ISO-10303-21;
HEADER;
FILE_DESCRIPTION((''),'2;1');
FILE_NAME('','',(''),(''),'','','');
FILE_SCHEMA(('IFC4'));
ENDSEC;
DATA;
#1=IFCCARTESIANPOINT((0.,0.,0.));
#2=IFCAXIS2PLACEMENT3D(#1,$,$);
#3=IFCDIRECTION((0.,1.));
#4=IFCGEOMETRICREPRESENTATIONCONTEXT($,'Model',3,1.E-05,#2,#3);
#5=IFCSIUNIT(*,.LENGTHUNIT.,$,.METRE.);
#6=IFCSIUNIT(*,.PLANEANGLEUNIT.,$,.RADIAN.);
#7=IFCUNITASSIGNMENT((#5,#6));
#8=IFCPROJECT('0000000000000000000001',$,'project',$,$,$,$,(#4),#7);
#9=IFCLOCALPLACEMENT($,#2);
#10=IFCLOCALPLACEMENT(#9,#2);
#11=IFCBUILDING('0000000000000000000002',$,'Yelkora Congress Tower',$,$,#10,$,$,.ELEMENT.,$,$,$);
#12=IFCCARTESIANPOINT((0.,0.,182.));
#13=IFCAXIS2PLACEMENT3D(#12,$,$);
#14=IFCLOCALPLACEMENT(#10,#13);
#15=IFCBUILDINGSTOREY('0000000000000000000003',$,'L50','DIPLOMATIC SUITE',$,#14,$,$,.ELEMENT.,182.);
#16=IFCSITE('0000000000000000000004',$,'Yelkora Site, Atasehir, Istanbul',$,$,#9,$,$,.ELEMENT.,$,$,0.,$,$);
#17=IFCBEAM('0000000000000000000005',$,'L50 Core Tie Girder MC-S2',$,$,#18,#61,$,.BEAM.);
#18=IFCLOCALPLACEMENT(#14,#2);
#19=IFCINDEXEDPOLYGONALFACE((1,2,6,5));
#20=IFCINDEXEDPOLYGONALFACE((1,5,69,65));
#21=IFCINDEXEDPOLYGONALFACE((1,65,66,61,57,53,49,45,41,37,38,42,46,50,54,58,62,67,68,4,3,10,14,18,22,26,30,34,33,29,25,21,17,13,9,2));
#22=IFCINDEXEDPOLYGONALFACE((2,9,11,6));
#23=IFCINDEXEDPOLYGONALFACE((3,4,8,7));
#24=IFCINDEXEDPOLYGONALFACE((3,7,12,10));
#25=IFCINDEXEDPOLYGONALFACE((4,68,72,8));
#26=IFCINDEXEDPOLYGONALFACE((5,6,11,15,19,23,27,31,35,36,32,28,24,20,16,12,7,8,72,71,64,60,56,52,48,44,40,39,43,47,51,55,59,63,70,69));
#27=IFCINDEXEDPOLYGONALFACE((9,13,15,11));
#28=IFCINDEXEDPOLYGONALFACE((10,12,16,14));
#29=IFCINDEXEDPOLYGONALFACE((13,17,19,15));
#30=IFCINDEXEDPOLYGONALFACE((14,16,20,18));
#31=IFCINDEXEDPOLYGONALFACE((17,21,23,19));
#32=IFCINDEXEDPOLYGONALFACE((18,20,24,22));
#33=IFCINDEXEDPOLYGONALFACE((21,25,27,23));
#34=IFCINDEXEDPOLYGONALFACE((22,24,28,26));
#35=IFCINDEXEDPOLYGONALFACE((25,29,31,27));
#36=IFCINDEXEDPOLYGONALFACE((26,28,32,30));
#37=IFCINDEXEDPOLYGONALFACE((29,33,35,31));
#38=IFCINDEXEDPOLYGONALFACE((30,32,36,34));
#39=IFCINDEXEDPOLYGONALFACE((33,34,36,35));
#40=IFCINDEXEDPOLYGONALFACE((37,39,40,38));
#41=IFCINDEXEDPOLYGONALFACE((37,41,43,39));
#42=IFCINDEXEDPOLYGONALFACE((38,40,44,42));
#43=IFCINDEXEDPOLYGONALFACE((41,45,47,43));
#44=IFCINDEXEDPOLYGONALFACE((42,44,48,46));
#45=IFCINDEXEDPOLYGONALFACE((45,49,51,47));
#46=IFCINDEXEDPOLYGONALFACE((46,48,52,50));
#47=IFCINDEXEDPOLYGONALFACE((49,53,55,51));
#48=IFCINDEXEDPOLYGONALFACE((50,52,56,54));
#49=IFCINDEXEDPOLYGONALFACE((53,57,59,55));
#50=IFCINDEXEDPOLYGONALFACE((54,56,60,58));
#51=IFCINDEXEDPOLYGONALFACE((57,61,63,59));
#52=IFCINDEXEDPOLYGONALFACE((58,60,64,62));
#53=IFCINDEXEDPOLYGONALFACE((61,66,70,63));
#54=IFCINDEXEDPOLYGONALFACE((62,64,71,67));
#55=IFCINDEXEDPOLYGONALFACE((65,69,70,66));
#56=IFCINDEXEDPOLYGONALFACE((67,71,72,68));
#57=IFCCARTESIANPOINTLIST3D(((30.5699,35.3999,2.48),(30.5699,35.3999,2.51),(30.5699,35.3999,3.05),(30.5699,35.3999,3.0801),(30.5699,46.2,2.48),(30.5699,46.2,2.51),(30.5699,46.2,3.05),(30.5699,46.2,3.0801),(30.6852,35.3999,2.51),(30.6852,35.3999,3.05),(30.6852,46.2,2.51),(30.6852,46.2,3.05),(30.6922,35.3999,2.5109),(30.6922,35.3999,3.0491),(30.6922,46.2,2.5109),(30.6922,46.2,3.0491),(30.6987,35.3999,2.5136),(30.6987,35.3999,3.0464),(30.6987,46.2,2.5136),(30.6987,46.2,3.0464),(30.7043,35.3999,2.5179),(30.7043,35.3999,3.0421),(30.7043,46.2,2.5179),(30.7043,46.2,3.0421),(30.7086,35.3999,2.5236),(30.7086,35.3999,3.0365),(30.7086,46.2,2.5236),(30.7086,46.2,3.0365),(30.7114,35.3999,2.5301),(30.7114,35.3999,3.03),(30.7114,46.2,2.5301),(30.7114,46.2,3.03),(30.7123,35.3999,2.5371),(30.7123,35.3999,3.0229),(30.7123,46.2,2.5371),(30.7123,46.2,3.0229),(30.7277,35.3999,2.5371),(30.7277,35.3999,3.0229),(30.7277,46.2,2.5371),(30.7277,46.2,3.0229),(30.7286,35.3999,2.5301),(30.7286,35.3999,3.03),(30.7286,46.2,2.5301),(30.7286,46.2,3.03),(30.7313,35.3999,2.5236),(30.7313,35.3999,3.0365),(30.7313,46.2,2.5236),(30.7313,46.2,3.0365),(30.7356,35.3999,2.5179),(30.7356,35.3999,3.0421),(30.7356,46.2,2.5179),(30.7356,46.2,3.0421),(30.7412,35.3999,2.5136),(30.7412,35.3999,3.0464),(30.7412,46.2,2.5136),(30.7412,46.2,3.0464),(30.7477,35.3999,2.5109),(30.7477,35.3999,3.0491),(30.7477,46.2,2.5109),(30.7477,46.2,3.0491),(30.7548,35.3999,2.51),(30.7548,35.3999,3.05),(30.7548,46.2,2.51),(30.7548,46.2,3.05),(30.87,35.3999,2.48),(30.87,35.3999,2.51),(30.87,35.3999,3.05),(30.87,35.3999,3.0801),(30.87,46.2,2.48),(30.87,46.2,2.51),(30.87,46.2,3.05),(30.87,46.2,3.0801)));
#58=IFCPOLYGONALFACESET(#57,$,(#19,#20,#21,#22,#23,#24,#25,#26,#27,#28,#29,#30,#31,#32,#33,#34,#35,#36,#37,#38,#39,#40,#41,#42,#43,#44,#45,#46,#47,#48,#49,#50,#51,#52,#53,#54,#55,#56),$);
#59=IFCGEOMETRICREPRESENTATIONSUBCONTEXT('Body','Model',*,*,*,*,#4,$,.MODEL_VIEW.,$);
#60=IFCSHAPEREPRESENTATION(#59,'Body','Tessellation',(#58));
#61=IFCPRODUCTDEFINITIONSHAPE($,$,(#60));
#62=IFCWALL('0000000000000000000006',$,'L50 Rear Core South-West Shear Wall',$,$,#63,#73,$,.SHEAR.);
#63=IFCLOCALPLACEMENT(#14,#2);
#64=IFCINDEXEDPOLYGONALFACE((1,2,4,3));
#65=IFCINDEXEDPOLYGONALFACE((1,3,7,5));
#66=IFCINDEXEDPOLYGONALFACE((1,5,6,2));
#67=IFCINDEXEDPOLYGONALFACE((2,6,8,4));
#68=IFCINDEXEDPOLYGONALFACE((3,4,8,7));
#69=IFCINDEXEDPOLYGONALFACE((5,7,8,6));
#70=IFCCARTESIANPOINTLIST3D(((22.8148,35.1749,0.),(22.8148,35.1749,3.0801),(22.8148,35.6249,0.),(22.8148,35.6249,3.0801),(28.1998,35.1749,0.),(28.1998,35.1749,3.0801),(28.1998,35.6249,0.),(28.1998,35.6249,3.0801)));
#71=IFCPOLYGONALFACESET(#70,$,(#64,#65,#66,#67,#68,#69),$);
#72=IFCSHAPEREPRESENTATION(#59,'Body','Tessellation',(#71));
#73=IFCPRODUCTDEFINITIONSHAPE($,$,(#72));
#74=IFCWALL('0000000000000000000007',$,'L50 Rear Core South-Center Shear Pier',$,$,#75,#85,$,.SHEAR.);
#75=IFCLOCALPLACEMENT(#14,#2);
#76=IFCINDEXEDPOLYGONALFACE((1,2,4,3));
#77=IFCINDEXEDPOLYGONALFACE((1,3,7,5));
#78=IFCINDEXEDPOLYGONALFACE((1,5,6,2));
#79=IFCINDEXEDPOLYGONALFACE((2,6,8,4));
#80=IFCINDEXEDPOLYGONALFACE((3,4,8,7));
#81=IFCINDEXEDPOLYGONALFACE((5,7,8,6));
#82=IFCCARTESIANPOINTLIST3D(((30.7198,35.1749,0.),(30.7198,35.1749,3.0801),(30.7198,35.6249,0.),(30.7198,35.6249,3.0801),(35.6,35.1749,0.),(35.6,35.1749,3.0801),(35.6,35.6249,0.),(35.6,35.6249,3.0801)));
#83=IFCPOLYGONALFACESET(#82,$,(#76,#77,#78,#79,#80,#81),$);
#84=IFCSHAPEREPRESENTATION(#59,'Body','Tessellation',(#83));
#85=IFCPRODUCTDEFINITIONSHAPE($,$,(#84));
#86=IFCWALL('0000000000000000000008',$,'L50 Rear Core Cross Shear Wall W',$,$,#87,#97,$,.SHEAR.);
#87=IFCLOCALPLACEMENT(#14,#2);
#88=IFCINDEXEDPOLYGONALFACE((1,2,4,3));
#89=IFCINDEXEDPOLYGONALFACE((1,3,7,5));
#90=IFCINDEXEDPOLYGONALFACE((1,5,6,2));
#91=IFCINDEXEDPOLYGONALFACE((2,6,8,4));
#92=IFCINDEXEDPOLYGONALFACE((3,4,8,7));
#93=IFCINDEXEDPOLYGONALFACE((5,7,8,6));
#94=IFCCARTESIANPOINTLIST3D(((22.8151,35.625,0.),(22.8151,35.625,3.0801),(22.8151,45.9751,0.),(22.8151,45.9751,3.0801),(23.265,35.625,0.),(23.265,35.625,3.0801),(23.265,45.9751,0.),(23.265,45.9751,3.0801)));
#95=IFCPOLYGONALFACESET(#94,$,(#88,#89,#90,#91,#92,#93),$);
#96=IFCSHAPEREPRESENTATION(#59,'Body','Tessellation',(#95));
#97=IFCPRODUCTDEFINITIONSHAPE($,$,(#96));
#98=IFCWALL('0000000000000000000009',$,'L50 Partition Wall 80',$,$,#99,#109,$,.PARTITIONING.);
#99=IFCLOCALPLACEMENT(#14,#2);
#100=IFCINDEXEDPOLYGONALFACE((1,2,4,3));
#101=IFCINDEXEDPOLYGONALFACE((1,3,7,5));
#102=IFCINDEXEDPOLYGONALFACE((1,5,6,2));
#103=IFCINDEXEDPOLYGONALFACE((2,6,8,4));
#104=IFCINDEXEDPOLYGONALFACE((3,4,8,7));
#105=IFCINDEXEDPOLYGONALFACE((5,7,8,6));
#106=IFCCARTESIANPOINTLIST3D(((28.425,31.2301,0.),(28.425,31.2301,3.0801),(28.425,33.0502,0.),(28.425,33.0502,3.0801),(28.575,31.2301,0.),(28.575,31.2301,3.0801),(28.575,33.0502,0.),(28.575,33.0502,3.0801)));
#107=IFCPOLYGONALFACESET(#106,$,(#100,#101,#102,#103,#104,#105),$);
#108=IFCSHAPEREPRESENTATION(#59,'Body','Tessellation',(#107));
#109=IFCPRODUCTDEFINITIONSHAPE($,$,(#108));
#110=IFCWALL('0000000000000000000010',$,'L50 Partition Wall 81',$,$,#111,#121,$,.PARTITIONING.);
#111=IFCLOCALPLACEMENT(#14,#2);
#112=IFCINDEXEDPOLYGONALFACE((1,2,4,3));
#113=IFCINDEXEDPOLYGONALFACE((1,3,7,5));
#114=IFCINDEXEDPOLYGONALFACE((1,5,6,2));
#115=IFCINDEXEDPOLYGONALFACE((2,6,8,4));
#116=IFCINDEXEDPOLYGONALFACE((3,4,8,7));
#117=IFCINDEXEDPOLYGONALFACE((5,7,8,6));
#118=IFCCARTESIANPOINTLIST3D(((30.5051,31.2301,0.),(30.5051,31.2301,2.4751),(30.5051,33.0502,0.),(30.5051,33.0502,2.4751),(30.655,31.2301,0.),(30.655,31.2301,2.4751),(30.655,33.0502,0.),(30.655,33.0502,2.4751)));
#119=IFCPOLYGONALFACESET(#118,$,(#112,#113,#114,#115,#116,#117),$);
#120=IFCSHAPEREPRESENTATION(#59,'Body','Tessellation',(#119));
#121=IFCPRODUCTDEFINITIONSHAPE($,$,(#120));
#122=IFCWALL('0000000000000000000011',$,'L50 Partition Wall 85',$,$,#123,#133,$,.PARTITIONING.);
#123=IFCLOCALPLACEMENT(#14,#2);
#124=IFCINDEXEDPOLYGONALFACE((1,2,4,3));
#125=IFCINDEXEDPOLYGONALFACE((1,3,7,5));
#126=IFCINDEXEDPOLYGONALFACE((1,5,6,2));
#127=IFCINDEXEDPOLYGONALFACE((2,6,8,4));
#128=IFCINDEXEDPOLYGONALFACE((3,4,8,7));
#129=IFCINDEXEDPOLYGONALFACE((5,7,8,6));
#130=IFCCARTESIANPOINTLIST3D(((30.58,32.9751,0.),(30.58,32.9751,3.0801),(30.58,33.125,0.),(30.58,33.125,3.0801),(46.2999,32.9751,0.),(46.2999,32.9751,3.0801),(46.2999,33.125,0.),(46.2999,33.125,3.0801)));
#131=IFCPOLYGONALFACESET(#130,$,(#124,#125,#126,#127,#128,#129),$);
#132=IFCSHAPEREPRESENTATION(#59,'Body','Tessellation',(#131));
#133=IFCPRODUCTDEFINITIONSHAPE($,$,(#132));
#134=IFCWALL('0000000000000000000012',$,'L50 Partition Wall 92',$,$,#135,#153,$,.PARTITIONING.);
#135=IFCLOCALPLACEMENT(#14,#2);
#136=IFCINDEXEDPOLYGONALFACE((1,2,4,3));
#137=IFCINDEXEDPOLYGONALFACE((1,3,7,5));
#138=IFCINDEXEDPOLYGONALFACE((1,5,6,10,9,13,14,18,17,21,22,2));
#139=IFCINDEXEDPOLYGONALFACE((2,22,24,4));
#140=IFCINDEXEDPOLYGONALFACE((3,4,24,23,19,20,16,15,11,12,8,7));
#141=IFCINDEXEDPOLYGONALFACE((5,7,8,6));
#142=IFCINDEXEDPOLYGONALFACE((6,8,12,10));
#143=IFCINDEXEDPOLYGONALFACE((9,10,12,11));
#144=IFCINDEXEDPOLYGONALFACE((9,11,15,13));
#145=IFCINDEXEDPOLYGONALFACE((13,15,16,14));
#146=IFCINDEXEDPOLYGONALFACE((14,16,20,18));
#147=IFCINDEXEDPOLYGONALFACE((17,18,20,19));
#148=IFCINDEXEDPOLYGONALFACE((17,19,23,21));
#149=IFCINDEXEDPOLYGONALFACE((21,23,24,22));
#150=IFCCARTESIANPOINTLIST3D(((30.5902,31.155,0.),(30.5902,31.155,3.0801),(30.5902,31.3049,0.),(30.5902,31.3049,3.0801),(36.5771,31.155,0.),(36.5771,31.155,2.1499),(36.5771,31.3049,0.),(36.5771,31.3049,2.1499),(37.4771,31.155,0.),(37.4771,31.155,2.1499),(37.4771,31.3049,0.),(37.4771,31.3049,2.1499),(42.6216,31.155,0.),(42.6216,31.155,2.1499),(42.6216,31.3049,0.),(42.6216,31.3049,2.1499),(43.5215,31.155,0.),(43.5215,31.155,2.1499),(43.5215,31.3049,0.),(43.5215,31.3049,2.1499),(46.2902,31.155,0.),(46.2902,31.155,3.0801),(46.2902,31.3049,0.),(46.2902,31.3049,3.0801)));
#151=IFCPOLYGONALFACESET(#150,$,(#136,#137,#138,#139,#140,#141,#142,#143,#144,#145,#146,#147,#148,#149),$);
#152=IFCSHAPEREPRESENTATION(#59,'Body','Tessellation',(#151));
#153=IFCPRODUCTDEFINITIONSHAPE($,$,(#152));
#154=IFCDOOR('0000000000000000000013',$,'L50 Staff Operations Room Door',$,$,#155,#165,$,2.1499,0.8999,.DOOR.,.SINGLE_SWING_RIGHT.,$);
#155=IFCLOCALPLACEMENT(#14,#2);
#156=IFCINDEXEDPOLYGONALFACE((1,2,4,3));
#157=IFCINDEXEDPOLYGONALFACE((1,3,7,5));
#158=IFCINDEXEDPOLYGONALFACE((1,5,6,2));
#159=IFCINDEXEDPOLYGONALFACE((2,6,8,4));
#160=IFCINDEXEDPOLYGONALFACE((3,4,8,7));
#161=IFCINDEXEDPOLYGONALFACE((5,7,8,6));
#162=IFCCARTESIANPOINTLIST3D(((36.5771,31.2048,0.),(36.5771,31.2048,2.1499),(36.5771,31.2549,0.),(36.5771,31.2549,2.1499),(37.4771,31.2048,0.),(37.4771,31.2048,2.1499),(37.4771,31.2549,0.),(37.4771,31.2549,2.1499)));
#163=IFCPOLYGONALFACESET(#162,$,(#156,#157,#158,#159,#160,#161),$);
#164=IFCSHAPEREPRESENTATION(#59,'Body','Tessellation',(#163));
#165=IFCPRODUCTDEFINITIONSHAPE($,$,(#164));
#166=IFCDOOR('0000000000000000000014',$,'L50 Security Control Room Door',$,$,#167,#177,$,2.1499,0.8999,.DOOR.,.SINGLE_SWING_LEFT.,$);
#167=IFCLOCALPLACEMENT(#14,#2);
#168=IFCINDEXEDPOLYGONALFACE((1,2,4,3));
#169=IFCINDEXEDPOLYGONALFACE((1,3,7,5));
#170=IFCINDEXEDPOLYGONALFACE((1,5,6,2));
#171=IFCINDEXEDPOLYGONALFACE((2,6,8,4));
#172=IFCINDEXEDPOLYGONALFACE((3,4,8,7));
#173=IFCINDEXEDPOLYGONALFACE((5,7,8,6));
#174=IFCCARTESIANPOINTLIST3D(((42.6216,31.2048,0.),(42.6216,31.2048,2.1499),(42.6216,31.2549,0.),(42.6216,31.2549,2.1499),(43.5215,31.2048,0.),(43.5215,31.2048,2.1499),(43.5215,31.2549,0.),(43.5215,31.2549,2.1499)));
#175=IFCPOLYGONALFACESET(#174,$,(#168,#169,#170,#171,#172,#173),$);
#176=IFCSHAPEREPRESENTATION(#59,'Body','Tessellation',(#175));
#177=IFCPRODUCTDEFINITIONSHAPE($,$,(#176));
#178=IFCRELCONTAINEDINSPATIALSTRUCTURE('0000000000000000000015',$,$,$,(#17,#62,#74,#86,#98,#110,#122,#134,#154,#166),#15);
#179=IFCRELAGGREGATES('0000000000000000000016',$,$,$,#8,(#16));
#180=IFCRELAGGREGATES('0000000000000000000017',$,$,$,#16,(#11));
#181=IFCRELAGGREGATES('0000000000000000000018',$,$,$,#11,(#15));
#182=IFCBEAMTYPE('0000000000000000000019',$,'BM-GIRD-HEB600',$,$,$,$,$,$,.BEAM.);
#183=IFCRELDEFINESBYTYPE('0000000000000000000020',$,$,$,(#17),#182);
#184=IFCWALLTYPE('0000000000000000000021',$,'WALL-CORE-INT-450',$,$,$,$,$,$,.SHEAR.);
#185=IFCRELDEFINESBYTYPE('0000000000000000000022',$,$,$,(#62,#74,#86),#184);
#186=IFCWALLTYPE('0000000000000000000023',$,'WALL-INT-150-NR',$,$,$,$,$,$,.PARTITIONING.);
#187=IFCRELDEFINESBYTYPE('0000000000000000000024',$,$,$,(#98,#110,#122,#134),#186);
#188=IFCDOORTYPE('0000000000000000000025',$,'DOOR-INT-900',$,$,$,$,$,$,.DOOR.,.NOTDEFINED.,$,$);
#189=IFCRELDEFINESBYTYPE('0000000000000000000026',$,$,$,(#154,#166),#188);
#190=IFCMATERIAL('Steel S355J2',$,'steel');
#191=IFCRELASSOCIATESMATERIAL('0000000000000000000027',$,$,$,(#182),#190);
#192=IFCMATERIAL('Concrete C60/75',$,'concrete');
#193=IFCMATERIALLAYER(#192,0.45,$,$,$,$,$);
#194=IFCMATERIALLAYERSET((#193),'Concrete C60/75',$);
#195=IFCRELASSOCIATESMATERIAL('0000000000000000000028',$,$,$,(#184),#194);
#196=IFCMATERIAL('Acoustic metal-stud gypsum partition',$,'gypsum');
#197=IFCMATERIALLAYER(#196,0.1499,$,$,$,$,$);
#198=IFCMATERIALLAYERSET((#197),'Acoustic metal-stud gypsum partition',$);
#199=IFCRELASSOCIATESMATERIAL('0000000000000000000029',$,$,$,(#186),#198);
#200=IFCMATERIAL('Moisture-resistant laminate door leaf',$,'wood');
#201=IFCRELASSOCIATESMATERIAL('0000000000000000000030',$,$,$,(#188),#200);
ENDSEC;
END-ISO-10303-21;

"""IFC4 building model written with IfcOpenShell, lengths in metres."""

from ifc_helpers import new_model, si_unit, direction, frame, frame_2d, origin, origin_2d, place, context, subcontext, project, spatial, rectangle, i_section, extrude, material, layer, layer_set, material_profile, profile_set, type_object, element, fill, save


model = new_model("IFC4")

# Units and contexts
model_context = context("Model", 3, precision=1e-05, world=origin(), true_north=direction((0.0, 1.0)))
body_context = subcontext(model_context, "Body", "Model", "MODEL_VIEW")
ifc_project = project(units=[si_unit("LENGTHUNIT", "METRE"), si_unit("PLANEANGLEUNIT", "RADIAN")], contexts=[model_context])

# Site, building, storey
site_placement = place(None, origin())
site = spatial("IfcSite", under=ifc_project, at=site_placement, Name="Yelkora Site, Atasehir, Istanbul", CompositionType="ELEMENT", RefElevation=0.0)
building_placement = place(site_placement, origin())
building = spatial("IfcBuilding", under=site, at=building_placement, Name="Yelkora Congress Tower", CompositionType="ELEMENT")
storey_placement = place(building_placement, frame((0.0, 0.0, 182.0)))
storey = spatial("IfcBuildingStorey", under=building, at=storey_placement, Name="L50", Description="DIPLOMATIC SUITE", CompositionType="ELEMENT", Elevation=182.0)

# Beam
ifc_material_1 = material(Name="Steel S355J2", Category="steel")
ifc_material_profile_1 = material_profile(ifc_material_1, i_section(OverallWidth=0.3, OverallDepth=0.6001, WebThickness=0.0154, FlangeThickness=0.03, FilletRadius=0.0271, at=origin_2d()), Name="HEB 600")
ifc_profile_set_1 = profile_set([ifc_material_profile_1], Name="Steel S355J2")
beam_type = type_object("IfcBeamType", Name="BM-GIRD-HEB600", PredefinedType="BEAM", material=ifc_profile_set_1)
beam_placement = place(storey_placement, frame((30.72, 35.3999, 2.78), z_axis=(0.0, 1.0, 0.0), x_axis=(-1.0, 0.0, 0.0)))
element("IfcBeam", 1, at=beam_placement, inside=storey, type_object=beam_type, Name="L50 Core Tie Girder MC-S2", PredefinedType="BEAM", context=body_context, shape_type="SweptSolid", body=[
    extrude(i_section(OverallWidth=0.3, OverallDepth=0.6001, WebThickness=0.0154, FlangeThickness=0.03, FilletRadius=0.0271, at=origin_2d()), origin(), (0.0, 0.0, 1.0), 10.8),
])

# Walls
ifc_material_2 = material(Name="Concrete C60/75", Category="concrete")
ifc_layer_1 = layer(ifc_material_2, 0.45)
ifc_layer_set_1 = layer_set([ifc_layer_1], Name="Concrete C60/75")
wall_type_1 = type_object("IfcWallType", Name="WALL-CORE-INT-450", PredefinedType="SHEAR", material=ifc_layer_set_1)
wall_1_placement = place(storey_placement, frame((22.8149, 35.3999, 0.0), z_axis=(0.0, 0.0, 1.0), x_axis=(1.0, 0.0, 0.0)))
element("IfcWall", 2, at=wall_1_placement, inside=storey, type_object=wall_type_1, Name="L50 Rear Core South-West Shear Wall", PredefinedType="SHEAR", context=body_context, shape_type="SweptSolid", body=[
    extrude(rectangle(XDim=5.385, YDim=0.45, at=frame_2d((2.6924, 0.0))), origin(), (0.0, 0.0, 1.0), 3.0801),
])
wall_2_placement = place(storey_placement, frame((30.72, 35.3999, 0.0), z_axis=(0.0, 0.0, 1.0), x_axis=(1.0, 0.0, 0.0)))
element("IfcWall", 3, at=wall_2_placement, inside=storey, type_object=wall_type_1, Name="L50 Rear Core South-Center Shear Pier", PredefinedType="SHEAR", context=body_context, shape_type="SweptSolid", body=[
    extrude(rectangle(XDim=4.8801, YDim=0.45, at=frame_2d((2.4399, 0.0))), origin(), (0.0, 0.0, 1.0), 3.0801),
])
wall_3_placement = place(storey_placement, frame((23.04, 35.625, 0.0), z_axis=(0.0, 0.0, 1.0), x_axis=(0.0, 1.0, 0.0)))
element("IfcWall", 4, at=wall_3_placement, inside=storey, type_object=wall_type_1, Name="L50 Rear Core Cross Shear Wall W", PredefinedType="SHEAR", context=body_context, shape_type="SweptSolid", body=[
    extrude(rectangle(XDim=10.3501, YDim=0.45, at=frame_2d((5.175, 0.0))), origin(), (0.0, 0.0, 1.0), 3.0801),
])

# Walls
ifc_material_3 = material(Name="Acoustic metal-stud gypsum partition", Category="gypsum")
ifc_layer_2 = layer(ifc_material_3, 0.1499)
ifc_layer_set_2 = layer_set([ifc_layer_2], Name="Acoustic metal-stud gypsum partition")
wall_type_2 = type_object("IfcWallType", Name="WALL-INT-150-NR", PredefinedType="PARTITIONING", material=ifc_layer_set_2)
wall_4_placement = place(storey_placement, frame((28.5, 31.23, 0.0), z_axis=(0.0, 0.0, 1.0), x_axis=(0.0, 1.0, 0.0)))
element("IfcWall", 5, at=wall_4_placement, inside=storey, type_object=wall_type_2, Name="L50 Partition Wall 80", PredefinedType="PARTITIONING", context=body_context, shape_type="SweptSolid", body=[
    extrude(rectangle(XDim=1.8201, YDim=0.1499, at=frame_2d((0.9102, 0.0))), origin(), (0.0, 0.0, 1.0), 3.0801),
])
wall_5_placement = place(storey_placement, frame((30.5801, 31.23, 0.0), z_axis=(0.0, 0.0, 1.0), x_axis=(0.0, 1.0, 0.0)))
element("IfcWall", 6, at=wall_5_placement, inside=storey, type_object=wall_type_2, Name="L50 Partition Wall 81", PredefinedType="PARTITIONING", context=body_context, shape_type="SweptSolid", body=[
    extrude(rectangle(XDim=1.8201, YDim=0.1499, at=frame_2d((0.9102, 0.0))), origin(), (0.0, 0.0, 1.0), 2.4751),
])
wall_6_placement = place(storey_placement, frame((30.5801, 33.05, 0.0), z_axis=(0.0, 0.0, 1.0), x_axis=(1.0, 0.0, 0.0)))
element("IfcWall", 7, at=wall_6_placement, inside=storey, type_object=wall_type_2, Name="L50 Partition Wall 85", PredefinedType="PARTITIONING", context=body_context, shape_type="SweptSolid", body=[
    extrude(rectangle(XDim=15.72, YDim=0.1499, at=frame_2d((7.8599, 0.0))), origin(), (0.0, 0.0, 1.0), 3.0801),
])

# Wall, openings, doors
wall_7_placement = place(storey_placement, frame((30.5901, 31.23, 0.0), z_axis=(0.0, 0.0, 1.0), x_axis=(1.0, 0.0, 0.0)))
wall_7 = element("IfcWall", 8, at=wall_7_placement, inside=storey, type_object=wall_type_2, Name="L50 Partition Wall 92", PredefinedType="PARTITIONING", context=body_context, shape_type="SweptSolid", body=[
    extrude(rectangle(XDim=15.7, YDim=0.1499, at=frame_2d((7.8501, 0.0))), origin(), (0.0, 0.0, 1.0), 3.0801),
])
opening_1_placement = place(wall_7_placement, frame((5.9871, 0.0, 0.0)))
opening_1 = element("IfcOpeningElement", 9, at=opening_1_placement, cuts=wall_7, PredefinedType="OPENING", context=body_context, shape_type="SweptSolid", body=[
    extrude(rectangle(XDim=0.8999, YDim=2.1499, at=frame_2d((0.45, 1.075))), frame((0.0, 0.085, 0.0), z_axis=(0.0, -1.0, 0.0), x_axis=(1.0, 0.0, 0.0)), (0.0, 0.0, 1.0), 0.1699),
])
opening_2_placement = place(wall_7_placement, frame((12.0315, 0.0, 0.0)))
opening_2 = element("IfcOpeningElement", 10, at=opening_2_placement, cuts=wall_7, PredefinedType="OPENING", context=body_context, shape_type="SweptSolid", body=[
    extrude(rectangle(XDim=0.8999, YDim=2.1499, at=frame_2d((0.45, 1.075))), frame((0.0, 0.085, 0.0), z_axis=(0.0, -1.0, 0.0), x_axis=(1.0, 0.0, 0.0)), (0.0, 0.0, 1.0), 0.1699),
])
ifc_material_4 = material(Name="Moisture-resistant laminate door leaf", Category="wood")
door_type_1 = type_object("IfcDoorType", Name="DOOR-INT-900", OperationType="NOTDEFINED", PredefinedType="DOOR", material=ifc_material_4)
door_1_placement = place(opening_1_placement, origin())
door_1 = element("IfcDoor", 11, at=door_1_placement, inside=storey, type_object=door_type_1, Name="L50 Staff Operations Room Door", OperationType="SINGLE_SWING_RIGHT", OverallHeight=2.1499, OverallWidth=0.8999, PredefinedType="DOOR", context=body_context, shape_type="SweptSolid", body=[
    extrude(rectangle(XDim=0.8999, YDim=2.1499, at=frame_2d((0.45, 1.075))), frame((0.0, 0.0249, 0.0), z_axis=(0.0, -1.0, 0.0), x_axis=(1.0, 0.0, 0.0)), (0.0, 0.0, 1.0), 0.05),
])
fill(opening_1, door_1)
door_2_placement = place(opening_2_placement, origin())
door_2 = element("IfcDoor", 12, at=door_2_placement, inside=storey, type_object=door_type_1, Name="L50 Security Control Room Door", OperationType="SINGLE_SWING_LEFT", OverallHeight=2.1499, OverallWidth=0.8999, PredefinedType="DOOR", context=body_context, shape_type="SweptSolid", body=[
    extrude(rectangle(XDim=0.8999, YDim=2.1499, at=frame_2d((0.45, 1.075))), frame((0.0, 0.0249, 0.0), z_axis=(0.0, -1.0, 0.0), x_axis=(1.0, 0.0, 0.0)), (0.0, 0.0, 1.0), 0.05),
])
fill(opening_2, door_2)

save(model, "model.ifc")
